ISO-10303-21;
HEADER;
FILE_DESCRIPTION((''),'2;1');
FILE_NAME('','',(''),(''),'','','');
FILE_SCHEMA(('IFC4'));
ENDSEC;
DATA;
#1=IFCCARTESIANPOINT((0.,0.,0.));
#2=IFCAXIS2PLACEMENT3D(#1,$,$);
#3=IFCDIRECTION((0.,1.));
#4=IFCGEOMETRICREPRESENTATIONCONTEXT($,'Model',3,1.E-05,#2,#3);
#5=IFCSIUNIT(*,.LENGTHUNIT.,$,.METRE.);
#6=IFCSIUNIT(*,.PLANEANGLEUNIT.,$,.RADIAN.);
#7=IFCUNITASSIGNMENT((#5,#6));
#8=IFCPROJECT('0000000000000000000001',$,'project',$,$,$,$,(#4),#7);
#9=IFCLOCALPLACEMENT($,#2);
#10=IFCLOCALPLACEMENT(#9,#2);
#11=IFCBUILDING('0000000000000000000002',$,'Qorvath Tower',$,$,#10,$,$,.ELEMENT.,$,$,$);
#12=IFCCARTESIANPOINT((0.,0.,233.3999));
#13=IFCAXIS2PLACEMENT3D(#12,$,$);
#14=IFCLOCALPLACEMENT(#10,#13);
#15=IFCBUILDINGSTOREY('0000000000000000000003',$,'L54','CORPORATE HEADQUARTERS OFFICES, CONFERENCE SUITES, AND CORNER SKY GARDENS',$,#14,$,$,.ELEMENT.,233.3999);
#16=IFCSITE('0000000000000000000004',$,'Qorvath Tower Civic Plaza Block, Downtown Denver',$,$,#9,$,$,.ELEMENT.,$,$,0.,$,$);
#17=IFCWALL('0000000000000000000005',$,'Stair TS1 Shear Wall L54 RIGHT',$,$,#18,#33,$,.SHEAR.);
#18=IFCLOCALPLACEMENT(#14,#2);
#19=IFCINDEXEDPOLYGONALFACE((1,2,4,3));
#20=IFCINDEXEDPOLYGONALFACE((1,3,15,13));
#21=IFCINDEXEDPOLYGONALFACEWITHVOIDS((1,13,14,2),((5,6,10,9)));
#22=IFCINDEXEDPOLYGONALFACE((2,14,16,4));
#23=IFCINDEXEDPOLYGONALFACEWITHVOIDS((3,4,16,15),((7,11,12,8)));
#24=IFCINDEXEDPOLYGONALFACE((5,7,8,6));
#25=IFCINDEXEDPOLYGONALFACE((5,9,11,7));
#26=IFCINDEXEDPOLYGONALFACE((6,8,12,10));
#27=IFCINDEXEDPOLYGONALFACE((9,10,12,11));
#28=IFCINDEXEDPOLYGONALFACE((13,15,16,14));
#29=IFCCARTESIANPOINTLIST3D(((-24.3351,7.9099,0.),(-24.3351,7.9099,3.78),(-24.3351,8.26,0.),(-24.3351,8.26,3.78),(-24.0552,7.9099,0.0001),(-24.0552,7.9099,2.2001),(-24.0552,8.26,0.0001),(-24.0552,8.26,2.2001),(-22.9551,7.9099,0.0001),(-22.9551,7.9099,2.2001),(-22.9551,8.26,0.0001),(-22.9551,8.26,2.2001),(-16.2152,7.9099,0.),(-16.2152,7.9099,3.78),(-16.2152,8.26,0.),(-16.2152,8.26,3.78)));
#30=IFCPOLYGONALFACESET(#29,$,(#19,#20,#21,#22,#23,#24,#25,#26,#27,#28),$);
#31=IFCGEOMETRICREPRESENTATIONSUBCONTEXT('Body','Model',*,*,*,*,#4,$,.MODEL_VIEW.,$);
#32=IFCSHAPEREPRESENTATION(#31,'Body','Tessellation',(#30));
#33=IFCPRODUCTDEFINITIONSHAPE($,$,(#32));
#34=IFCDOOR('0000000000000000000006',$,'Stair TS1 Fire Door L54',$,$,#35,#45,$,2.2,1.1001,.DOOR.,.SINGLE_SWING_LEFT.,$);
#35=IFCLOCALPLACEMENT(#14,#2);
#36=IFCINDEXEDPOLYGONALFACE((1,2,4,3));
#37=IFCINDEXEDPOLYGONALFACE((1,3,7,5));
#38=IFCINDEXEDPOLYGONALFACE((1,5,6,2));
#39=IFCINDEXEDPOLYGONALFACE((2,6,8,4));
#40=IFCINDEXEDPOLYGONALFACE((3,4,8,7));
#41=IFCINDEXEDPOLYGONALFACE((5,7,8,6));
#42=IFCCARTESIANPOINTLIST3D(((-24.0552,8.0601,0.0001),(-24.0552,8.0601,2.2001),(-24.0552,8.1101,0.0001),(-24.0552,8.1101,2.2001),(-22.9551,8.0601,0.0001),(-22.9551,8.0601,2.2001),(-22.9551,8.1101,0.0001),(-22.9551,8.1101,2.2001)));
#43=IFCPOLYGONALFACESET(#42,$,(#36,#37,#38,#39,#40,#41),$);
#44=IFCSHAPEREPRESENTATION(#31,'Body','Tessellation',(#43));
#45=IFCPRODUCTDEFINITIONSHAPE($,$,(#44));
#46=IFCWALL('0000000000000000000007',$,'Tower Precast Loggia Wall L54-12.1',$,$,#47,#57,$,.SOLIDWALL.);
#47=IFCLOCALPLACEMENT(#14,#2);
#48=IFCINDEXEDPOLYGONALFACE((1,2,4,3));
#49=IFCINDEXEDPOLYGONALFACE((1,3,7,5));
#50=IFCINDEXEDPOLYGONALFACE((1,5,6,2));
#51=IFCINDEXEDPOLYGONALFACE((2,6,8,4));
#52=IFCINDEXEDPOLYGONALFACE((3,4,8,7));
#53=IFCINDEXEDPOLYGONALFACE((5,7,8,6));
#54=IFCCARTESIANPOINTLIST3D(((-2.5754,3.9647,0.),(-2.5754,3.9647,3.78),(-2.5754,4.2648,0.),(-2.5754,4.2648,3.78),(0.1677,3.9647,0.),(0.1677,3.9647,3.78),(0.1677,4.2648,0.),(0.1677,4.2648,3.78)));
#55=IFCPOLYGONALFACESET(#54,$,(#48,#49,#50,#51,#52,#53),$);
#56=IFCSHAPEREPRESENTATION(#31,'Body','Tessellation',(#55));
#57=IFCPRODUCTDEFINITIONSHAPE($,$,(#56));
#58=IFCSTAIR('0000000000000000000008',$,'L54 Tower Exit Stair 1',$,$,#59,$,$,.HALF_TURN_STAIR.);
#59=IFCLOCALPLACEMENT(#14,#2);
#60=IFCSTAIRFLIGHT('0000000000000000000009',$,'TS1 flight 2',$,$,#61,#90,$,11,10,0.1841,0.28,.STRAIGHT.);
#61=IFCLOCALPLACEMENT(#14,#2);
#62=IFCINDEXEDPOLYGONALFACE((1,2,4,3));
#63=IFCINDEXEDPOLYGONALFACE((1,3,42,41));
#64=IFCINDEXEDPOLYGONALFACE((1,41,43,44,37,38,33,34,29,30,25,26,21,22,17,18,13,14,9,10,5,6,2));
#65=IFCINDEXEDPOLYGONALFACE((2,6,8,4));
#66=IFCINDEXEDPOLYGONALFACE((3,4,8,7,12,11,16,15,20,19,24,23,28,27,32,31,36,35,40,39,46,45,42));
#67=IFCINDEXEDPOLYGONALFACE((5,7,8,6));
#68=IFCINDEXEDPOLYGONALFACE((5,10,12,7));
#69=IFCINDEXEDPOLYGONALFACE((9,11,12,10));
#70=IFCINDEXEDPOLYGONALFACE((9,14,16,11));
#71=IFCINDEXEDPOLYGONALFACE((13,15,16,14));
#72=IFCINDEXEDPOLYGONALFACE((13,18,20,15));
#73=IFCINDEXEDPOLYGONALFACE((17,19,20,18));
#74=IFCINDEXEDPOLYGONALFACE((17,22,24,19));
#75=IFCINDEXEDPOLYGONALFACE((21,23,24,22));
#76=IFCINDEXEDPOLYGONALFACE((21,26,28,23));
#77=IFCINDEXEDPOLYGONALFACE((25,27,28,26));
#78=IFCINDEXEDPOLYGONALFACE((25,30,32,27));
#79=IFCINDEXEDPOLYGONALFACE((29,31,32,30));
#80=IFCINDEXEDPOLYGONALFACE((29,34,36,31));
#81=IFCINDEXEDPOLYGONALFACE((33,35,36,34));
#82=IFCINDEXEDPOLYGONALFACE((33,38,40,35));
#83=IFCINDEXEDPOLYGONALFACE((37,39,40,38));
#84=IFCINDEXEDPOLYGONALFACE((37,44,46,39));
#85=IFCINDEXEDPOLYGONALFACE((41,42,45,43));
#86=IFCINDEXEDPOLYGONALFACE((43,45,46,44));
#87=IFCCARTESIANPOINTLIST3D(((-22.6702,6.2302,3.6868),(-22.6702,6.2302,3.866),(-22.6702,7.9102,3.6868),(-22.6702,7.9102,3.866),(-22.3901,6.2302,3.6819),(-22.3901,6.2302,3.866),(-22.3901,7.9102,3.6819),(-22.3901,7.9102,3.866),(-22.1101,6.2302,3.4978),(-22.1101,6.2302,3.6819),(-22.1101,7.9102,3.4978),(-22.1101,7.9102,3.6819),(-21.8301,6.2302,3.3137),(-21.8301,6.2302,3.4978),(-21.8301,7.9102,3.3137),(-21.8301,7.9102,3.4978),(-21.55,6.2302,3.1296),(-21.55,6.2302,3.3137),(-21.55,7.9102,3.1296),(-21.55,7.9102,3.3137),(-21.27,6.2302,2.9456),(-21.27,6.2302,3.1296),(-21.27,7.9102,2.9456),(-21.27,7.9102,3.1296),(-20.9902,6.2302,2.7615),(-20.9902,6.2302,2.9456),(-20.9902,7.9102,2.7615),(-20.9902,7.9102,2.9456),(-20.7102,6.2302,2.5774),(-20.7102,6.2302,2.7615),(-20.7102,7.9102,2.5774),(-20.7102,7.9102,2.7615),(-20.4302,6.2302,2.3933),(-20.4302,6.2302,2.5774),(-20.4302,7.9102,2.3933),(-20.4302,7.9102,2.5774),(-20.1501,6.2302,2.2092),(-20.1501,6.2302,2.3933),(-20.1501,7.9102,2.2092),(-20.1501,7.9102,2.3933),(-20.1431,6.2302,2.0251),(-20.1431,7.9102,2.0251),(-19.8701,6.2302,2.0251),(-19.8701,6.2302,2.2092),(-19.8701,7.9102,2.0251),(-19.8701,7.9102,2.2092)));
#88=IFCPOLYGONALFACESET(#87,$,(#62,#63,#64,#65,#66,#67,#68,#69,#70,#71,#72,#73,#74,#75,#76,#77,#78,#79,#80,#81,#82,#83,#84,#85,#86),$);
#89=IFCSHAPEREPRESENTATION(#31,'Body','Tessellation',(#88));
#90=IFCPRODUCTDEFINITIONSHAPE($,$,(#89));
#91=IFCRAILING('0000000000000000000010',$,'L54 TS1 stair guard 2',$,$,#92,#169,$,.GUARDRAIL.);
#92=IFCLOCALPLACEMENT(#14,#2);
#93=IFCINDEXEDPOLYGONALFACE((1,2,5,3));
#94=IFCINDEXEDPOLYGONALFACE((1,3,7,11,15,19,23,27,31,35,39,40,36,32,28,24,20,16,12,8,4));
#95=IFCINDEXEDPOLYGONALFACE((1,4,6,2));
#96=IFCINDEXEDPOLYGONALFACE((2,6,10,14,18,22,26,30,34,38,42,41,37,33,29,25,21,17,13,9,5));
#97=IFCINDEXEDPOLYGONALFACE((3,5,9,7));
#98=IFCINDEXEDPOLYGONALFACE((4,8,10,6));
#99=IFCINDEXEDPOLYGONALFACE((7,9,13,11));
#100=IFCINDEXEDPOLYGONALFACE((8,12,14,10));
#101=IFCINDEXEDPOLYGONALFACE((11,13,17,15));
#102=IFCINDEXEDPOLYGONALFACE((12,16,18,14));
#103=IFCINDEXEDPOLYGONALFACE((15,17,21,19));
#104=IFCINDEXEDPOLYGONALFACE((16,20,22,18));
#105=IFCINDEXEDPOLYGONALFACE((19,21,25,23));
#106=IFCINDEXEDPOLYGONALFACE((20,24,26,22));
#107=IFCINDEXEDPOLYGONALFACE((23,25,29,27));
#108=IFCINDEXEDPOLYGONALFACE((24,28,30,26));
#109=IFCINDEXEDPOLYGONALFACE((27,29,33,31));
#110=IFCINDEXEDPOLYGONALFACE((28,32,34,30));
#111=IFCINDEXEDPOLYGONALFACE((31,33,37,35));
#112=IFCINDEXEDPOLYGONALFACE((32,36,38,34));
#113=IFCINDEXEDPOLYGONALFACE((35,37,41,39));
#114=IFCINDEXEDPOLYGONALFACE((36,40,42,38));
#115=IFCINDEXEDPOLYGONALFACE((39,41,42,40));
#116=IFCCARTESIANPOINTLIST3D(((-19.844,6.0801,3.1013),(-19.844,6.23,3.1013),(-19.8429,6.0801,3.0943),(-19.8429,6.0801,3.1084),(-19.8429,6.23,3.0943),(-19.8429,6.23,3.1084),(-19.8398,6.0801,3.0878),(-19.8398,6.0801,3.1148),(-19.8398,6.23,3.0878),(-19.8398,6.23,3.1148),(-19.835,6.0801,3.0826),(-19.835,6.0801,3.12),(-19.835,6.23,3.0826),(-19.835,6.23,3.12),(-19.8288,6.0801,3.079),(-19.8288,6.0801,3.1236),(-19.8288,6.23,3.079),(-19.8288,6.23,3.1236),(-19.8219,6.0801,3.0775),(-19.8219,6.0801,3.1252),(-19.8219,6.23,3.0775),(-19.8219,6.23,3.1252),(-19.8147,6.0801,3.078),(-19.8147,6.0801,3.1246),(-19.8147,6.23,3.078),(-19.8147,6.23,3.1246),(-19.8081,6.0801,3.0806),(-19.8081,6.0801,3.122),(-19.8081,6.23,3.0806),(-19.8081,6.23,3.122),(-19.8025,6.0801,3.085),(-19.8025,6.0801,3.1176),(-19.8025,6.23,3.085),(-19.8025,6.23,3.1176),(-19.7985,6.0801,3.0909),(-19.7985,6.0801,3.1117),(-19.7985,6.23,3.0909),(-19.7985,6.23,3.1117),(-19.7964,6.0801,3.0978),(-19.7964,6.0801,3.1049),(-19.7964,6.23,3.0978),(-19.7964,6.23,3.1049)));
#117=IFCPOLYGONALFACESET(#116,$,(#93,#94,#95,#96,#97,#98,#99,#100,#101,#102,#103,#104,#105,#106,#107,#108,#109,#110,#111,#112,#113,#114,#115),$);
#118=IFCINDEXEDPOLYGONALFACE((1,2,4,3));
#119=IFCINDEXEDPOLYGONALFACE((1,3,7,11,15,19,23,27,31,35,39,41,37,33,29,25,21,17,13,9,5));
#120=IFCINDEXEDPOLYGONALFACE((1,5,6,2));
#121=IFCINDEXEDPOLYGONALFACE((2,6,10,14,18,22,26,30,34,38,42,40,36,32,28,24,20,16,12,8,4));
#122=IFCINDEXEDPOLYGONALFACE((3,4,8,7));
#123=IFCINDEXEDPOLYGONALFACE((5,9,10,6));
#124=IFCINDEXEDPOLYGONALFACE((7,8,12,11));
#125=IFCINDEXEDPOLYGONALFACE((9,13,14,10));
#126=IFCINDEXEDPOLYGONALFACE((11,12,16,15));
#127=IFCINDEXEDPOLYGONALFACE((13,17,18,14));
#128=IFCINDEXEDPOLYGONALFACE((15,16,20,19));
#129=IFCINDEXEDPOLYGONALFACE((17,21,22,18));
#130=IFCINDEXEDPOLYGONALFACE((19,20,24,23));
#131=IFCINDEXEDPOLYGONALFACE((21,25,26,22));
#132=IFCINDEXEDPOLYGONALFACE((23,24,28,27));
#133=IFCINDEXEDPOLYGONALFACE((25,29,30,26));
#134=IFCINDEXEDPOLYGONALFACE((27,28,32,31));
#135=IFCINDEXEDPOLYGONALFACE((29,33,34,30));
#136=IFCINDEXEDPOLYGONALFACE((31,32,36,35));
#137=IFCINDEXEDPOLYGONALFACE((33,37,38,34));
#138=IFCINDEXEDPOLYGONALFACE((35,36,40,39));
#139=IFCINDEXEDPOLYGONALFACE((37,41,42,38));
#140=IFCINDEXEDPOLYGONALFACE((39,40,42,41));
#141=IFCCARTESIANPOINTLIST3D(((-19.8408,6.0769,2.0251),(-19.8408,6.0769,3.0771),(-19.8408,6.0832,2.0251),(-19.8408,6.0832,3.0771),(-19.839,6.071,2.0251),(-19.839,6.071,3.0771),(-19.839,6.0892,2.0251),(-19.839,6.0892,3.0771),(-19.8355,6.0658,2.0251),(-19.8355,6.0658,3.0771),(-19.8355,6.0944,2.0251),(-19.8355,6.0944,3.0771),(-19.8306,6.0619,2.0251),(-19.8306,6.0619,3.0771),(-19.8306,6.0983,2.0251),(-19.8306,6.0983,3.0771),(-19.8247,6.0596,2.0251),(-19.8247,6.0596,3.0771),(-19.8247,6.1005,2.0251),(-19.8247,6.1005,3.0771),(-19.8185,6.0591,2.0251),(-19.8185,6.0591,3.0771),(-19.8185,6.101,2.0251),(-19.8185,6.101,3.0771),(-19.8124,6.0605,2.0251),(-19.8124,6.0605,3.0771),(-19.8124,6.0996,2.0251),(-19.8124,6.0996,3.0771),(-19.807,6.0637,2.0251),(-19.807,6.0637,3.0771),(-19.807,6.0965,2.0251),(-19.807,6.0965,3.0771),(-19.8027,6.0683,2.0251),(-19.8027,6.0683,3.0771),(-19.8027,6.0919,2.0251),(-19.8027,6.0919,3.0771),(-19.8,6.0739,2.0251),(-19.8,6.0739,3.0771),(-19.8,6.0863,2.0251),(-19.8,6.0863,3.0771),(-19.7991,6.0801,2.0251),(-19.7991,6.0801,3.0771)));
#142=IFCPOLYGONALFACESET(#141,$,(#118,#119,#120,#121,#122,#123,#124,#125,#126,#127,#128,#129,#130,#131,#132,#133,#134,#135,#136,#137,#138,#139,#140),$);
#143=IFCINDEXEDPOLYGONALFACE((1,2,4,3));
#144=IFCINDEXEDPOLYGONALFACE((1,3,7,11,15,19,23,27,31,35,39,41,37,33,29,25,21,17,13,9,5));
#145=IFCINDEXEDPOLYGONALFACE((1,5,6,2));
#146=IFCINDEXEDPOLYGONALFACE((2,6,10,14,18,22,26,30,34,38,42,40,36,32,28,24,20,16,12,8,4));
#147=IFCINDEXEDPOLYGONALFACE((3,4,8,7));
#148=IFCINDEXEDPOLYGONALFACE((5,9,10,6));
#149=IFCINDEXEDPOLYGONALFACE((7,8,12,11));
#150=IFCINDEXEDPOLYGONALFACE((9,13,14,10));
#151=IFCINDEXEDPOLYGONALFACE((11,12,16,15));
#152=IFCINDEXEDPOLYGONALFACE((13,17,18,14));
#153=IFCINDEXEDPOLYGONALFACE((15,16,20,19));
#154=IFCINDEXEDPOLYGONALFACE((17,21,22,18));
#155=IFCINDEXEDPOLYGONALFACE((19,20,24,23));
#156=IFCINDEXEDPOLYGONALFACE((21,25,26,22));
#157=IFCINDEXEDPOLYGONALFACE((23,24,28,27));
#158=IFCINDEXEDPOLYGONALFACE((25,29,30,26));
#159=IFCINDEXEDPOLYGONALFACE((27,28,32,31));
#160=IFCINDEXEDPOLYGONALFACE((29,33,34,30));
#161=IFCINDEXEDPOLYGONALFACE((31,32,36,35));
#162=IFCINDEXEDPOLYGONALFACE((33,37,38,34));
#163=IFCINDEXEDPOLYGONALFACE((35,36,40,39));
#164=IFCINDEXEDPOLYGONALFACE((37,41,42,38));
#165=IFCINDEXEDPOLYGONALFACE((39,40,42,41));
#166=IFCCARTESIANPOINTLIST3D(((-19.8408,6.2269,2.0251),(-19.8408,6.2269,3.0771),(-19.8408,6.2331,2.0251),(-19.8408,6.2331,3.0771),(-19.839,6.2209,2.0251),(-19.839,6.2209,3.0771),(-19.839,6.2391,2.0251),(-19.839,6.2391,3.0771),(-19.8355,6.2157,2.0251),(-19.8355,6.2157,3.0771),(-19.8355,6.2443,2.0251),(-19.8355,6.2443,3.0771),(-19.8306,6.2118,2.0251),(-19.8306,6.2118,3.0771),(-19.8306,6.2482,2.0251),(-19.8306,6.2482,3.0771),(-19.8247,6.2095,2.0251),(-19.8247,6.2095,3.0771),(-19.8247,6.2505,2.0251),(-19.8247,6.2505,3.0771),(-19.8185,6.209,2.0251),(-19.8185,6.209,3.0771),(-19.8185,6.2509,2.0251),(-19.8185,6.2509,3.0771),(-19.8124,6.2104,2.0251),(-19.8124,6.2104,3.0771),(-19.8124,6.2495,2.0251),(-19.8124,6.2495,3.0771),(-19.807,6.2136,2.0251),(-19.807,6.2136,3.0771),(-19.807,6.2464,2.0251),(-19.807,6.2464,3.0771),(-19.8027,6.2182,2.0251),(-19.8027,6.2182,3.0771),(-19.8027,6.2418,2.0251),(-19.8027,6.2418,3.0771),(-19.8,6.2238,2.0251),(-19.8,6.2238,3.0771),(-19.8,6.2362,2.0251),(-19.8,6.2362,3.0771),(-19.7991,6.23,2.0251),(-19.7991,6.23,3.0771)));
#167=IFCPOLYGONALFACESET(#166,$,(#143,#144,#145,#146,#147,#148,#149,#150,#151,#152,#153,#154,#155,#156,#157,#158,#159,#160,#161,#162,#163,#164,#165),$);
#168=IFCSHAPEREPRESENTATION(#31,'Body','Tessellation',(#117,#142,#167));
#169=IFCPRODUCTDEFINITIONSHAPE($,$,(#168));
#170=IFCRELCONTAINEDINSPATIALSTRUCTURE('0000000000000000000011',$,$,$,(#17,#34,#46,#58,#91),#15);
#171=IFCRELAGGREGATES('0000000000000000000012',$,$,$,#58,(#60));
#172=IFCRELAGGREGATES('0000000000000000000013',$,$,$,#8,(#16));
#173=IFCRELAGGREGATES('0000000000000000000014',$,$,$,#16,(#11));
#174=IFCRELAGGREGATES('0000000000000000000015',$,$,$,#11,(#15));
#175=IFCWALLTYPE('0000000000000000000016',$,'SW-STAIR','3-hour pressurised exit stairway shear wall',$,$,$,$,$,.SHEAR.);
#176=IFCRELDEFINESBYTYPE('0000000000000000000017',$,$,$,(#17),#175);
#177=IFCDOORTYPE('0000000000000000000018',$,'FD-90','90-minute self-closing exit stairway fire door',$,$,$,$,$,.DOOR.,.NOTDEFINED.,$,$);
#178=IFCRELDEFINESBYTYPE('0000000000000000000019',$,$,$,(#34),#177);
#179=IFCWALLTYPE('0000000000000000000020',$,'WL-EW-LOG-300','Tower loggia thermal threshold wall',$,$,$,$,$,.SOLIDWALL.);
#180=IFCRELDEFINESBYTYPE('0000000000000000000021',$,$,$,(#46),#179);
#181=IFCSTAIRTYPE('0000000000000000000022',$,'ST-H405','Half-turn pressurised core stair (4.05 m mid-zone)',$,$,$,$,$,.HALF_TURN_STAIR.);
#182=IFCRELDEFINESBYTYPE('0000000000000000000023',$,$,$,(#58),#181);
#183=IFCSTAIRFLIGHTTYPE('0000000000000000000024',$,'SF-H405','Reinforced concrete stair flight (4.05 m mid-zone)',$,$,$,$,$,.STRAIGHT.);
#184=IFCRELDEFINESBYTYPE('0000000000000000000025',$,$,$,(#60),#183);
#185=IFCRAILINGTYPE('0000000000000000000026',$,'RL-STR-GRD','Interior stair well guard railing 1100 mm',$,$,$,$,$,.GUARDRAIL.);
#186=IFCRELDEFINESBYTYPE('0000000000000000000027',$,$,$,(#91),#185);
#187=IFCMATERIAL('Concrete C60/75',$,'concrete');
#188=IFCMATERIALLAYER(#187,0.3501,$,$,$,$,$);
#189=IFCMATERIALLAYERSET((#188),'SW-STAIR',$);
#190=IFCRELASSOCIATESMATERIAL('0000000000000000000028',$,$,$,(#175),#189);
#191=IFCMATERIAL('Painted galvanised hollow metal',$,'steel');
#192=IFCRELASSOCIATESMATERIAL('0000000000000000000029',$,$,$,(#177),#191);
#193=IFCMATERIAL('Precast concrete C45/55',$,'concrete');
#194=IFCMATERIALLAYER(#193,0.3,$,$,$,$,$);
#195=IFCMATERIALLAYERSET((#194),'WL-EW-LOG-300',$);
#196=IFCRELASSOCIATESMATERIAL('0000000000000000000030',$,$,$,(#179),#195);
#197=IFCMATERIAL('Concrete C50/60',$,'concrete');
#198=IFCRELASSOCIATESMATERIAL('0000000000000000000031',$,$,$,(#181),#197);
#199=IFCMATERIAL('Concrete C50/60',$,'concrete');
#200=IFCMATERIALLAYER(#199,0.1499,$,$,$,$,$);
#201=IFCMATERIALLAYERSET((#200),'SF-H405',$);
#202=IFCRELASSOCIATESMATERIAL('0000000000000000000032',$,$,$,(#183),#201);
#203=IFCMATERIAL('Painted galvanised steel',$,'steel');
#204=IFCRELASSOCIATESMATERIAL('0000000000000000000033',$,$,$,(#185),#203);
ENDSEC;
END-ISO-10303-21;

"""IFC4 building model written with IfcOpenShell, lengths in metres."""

from ifc_helpers import new_model, si_unit, direction, frame, frame_2d, origin, origin_2d, place, context, subcontext, project, spatial, polyline, rectangle, circle, outline, extrude, material, layer, layer_set, type_object, element, fill, aggregate, save


model = new_model("IFC4")

# Units and contexts
model_context = context("Model", 3, precision=1e-05, world=origin(), true_north=direction((0.0, 1.0)))
body_context = subcontext(model_context, "Body", "Model", "MODEL_VIEW")
ifc_project = project(units=[si_unit("LENGTHUNIT", "METRE"), si_unit("PLANEANGLEUNIT", "RADIAN")], contexts=[model_context])

# Site, building, storey
site_placement = place(None, origin())
site = spatial("IfcSite", under=ifc_project, at=site_placement, Name="Qorvath Tower Civic Plaza Block, Downtown Denver", CompositionType="ELEMENT", RefElevation=0.0)
building_placement = place(site_placement, origin())
building = spatial("IfcBuilding", under=site, at=building_placement, Name="Qorvath Tower", CompositionType="ELEMENT")
storey_placement = place(building_placement, frame((0.0, 0.0, 233.3999)))
storey = spatial("IfcBuildingStorey", under=building, at=storey_placement, Name="L54", Description="CORPORATE HEADQUARTERS OFFICES, CONFERENCE SUITES, AND CORNER SKY GARDENS", CompositionType="ELEMENT", Elevation=233.3999)

# Wall, opening, door
ifc_material_1 = material(Name="Concrete C60/75", Category="concrete")
ifc_layer_1 = layer(ifc_material_1, 0.3501)
ifc_layer_set_1 = layer_set([ifc_layer_1], Name="SW-STAIR")
wall_type_1 = type_object("IfcWallType", Name="SW-STAIR", Description="3-hour pressurised exit stairway shear wall", PredefinedType="SHEAR", material=ifc_layer_set_1)
wall_1_placement = place(storey_placement, frame((-16.2151, 8.085, 0.0), z_axis=(0.0, 0.0, 1.0), x_axis=(-1.0, 0.0, 0.0)))
wall_1 = element("IfcWall", 1, at=wall_1_placement, inside=storey, type_object=wall_type_1, Name="Stair TS1 Shear Wall L54 RIGHT", PredefinedType="SHEAR", context=body_context, shape_type="SweptSolid", body=[
    extrude(rectangle(XDim=8.1199, YDim=0.3501, at=frame_2d((4.0601, 0.0))), origin(), (0.0, 0.0, 1.0), 3.78),
])
opening_1_placement = place(wall_1_placement, frame((6.74, 0.0, 0.0)))
opening_1 = element("IfcOpeningElement", 2, at=opening_1_placement, cuts=wall_1, PredefinedType="OPENING", context=body_context, shape_type="SweptSolid", body=[
    extrude(rectangle(XDim=1.1001, YDim=2.2, at=frame_2d((0.55, 1.1001))), frame((0.0, 0.1851, 0.0), z_axis=(0.0, -1.0, 0.0), x_axis=(1.0, 0.0, 0.0)), (0.0, 0.0, 1.0), 0.3701),
])
ifc_material_2 = material(Name="Painted galvanised hollow metal", Category="steel")
door_type_1 = type_object("IfcDoorType", Name="FD-90", Description="90-minute self-closing exit stairway fire door", OperationType="NOTDEFINED", PredefinedType="DOOR", material=ifc_material_2)
door_1_placement = place(opening_1_placement, origin())
door_1 = element("IfcDoor", 3, at=door_1_placement, inside=storey, type_object=door_type_1, Name="Stair TS1 Fire Door L54", OperationType="SINGLE_SWING_LEFT", OverallHeight=2.2, OverallWidth=1.1001, PredefinedType="DOOR", context=body_context, shape_type="SweptSolid", body=[
    extrude(rectangle(XDim=1.1001, YDim=2.2, at=frame_2d((0.55, 1.1001))), frame((0.0, 0.0249, 0.0), z_axis=(0.0, -1.0, 0.0), x_axis=(1.0, 0.0, 0.0)), (0.0, 0.0, 1.0), 0.05),
])
fill(opening_1, door_1)

# Wall
ifc_material_3 = material(Name="Precast concrete C45/55", Category="concrete")
ifc_layer_2 = layer(ifc_material_3, 0.3)
ifc_layer_set_2 = layer_set([ifc_layer_2], Name="WL-EW-LOG-300")
wall_type_2 = type_object("IfcWallType", Name="WL-EW-LOG-300", Description="Tower loggia thermal threshold wall", PredefinedType="SOLIDWALL", material=ifc_layer_set_2)
wall_2_placement = place(storey_placement, frame((-2.5754, 4.1147, 0.0), z_axis=(0.0, 0.0, 1.0), x_axis=(1.0, 0.0, 0.0)))
element("IfcWall", 4, at=wall_2_placement, inside=storey, type_object=wall_type_2, Name="Tower Precast Loggia Wall L54-12.1", PredefinedType="SOLIDWALL", context=body_context, shape_type="SweptSolid", body=[
    extrude(rectangle(XDim=2.7432, YDim=0.3, at=frame_2d((1.3716, 0.0))), origin(), (0.0, 0.0, 1.0), 3.78),
])

# Stair, stair flight
ifc_material_4 = material(Name="Concrete C50/60", Category="concrete")
stair_type = type_object("IfcStairType", Name="ST-H405", Description="Half-turn pressurised core stair (4.05 m mid-zone)", PredefinedType="HALF_TURN_STAIR", material=ifc_material_4)
stair_placement = place(storey_placement, origin())
stair = element("IfcStair", 5, at=stair_placement, inside=storey, type_object=stair_type, Name="L54 Tower Exit Stair 1", PredefinedType="HALF_TURN_STAIR")
ifc_material_5 = material(Name="Concrete C50/60", Category="concrete")
ifc_layer_3 = layer(ifc_material_5, 0.1499)
ifc_layer_set_3 = layer_set([ifc_layer_3], Name="SF-H405")
stair_flight_type = type_object("IfcStairFlightType", Name="SF-H405", Description="Reinforced concrete stair flight (4.05 m mid-zone)", PredefinedType="STRAIGHT", material=ifc_layer_set_3)
stair_flight_placement = place(storey_placement, frame((-19.8701, 7.0701, 2.0251), z_axis=(0.0, 0.0, 1.0), x_axis=(-1.0, 0.0, 0.0)))
stair_flight = element("IfcStairFlight", 6, at=stair_flight_placement, type_object=stair_flight_type, Name="TS1 flight 2", NumberOfRisers=11, NumberOfTreads=10, PredefinedType="STRAIGHT", RiserHeight=0.1841, TreadLength=0.28, context=body_context, shape_type="SweptSolid", body=[
    extrude(outline(polyline([(0.0, 0.0), (0.0, 0.1841), (0.28, 0.1841), (0.28, 0.3682), (0.5601, 0.3682), (0.5601, 0.5522), (0.8401, 0.5522), (0.8401, 0.7363), (1.1201, 0.7363), (1.1201, 0.9204), (1.3999, 0.9204), (1.3999, 1.1045), (1.6799, 1.1045), (1.6799, 1.2886), (1.96, 1.2886), (1.96, 1.4727), (2.24, 1.4727), (2.24, 1.6567), (2.52, 1.6567), (2.52, 1.8408), (2.8, 1.8408), (2.8, 2.0249), (2.8, 1.6616), (0.2729, 0.0), (0.0, 0.0)])), frame((0.0, 0.8398, 0.0), z_axis=(0.0, -1.0, 0.0), x_axis=(1.0, 0.0, 0.0)), (0.0, 0.0, 1.0), 1.6799),
])
aggregate(stair, [stair_flight])

# Railing
ifc_material_6 = material(Name="Painted galvanised steel", Category="steel")
railing_type_1 = type_object("IfcRailingType", Name="RL-STR-GRD", Description="Interior stair well guard railing 1100 mm", PredefinedType="GUARDRAIL", material=ifc_material_6)
railing_1_placement = place(storey_placement, frame((-19.8201, 6.0801, 2.0251)))
element("IfcRailing", 7, at=railing_1_placement, inside=storey, type_object=railing_type_1, Name="L54 TS1 stair guard 2", PredefinedType="GUARDRAIL", context=body_context, shape_type="SweptSolid", body=[
    extrude(circle(Radius=0.0239, at=origin_2d()), frame((0.0, 0.0, 1.0762), z_axis=(0.0, 1.0, 0.0), x_axis=(-1.0, 0.0, 0.0)), (0.0, 0.0, 1.0), 0.1499),
    extrude(circle(Radius=0.021, at=origin_2d()), origin(), (0.0, 0.0, 1.0), 1.052),
    extrude(circle(Radius=0.021, at=origin_2d()), frame((0.0, 0.1499, 0.0)), (0.0, 0.0, 1.0), 1.052),
])

save(model, "model.ifc")
